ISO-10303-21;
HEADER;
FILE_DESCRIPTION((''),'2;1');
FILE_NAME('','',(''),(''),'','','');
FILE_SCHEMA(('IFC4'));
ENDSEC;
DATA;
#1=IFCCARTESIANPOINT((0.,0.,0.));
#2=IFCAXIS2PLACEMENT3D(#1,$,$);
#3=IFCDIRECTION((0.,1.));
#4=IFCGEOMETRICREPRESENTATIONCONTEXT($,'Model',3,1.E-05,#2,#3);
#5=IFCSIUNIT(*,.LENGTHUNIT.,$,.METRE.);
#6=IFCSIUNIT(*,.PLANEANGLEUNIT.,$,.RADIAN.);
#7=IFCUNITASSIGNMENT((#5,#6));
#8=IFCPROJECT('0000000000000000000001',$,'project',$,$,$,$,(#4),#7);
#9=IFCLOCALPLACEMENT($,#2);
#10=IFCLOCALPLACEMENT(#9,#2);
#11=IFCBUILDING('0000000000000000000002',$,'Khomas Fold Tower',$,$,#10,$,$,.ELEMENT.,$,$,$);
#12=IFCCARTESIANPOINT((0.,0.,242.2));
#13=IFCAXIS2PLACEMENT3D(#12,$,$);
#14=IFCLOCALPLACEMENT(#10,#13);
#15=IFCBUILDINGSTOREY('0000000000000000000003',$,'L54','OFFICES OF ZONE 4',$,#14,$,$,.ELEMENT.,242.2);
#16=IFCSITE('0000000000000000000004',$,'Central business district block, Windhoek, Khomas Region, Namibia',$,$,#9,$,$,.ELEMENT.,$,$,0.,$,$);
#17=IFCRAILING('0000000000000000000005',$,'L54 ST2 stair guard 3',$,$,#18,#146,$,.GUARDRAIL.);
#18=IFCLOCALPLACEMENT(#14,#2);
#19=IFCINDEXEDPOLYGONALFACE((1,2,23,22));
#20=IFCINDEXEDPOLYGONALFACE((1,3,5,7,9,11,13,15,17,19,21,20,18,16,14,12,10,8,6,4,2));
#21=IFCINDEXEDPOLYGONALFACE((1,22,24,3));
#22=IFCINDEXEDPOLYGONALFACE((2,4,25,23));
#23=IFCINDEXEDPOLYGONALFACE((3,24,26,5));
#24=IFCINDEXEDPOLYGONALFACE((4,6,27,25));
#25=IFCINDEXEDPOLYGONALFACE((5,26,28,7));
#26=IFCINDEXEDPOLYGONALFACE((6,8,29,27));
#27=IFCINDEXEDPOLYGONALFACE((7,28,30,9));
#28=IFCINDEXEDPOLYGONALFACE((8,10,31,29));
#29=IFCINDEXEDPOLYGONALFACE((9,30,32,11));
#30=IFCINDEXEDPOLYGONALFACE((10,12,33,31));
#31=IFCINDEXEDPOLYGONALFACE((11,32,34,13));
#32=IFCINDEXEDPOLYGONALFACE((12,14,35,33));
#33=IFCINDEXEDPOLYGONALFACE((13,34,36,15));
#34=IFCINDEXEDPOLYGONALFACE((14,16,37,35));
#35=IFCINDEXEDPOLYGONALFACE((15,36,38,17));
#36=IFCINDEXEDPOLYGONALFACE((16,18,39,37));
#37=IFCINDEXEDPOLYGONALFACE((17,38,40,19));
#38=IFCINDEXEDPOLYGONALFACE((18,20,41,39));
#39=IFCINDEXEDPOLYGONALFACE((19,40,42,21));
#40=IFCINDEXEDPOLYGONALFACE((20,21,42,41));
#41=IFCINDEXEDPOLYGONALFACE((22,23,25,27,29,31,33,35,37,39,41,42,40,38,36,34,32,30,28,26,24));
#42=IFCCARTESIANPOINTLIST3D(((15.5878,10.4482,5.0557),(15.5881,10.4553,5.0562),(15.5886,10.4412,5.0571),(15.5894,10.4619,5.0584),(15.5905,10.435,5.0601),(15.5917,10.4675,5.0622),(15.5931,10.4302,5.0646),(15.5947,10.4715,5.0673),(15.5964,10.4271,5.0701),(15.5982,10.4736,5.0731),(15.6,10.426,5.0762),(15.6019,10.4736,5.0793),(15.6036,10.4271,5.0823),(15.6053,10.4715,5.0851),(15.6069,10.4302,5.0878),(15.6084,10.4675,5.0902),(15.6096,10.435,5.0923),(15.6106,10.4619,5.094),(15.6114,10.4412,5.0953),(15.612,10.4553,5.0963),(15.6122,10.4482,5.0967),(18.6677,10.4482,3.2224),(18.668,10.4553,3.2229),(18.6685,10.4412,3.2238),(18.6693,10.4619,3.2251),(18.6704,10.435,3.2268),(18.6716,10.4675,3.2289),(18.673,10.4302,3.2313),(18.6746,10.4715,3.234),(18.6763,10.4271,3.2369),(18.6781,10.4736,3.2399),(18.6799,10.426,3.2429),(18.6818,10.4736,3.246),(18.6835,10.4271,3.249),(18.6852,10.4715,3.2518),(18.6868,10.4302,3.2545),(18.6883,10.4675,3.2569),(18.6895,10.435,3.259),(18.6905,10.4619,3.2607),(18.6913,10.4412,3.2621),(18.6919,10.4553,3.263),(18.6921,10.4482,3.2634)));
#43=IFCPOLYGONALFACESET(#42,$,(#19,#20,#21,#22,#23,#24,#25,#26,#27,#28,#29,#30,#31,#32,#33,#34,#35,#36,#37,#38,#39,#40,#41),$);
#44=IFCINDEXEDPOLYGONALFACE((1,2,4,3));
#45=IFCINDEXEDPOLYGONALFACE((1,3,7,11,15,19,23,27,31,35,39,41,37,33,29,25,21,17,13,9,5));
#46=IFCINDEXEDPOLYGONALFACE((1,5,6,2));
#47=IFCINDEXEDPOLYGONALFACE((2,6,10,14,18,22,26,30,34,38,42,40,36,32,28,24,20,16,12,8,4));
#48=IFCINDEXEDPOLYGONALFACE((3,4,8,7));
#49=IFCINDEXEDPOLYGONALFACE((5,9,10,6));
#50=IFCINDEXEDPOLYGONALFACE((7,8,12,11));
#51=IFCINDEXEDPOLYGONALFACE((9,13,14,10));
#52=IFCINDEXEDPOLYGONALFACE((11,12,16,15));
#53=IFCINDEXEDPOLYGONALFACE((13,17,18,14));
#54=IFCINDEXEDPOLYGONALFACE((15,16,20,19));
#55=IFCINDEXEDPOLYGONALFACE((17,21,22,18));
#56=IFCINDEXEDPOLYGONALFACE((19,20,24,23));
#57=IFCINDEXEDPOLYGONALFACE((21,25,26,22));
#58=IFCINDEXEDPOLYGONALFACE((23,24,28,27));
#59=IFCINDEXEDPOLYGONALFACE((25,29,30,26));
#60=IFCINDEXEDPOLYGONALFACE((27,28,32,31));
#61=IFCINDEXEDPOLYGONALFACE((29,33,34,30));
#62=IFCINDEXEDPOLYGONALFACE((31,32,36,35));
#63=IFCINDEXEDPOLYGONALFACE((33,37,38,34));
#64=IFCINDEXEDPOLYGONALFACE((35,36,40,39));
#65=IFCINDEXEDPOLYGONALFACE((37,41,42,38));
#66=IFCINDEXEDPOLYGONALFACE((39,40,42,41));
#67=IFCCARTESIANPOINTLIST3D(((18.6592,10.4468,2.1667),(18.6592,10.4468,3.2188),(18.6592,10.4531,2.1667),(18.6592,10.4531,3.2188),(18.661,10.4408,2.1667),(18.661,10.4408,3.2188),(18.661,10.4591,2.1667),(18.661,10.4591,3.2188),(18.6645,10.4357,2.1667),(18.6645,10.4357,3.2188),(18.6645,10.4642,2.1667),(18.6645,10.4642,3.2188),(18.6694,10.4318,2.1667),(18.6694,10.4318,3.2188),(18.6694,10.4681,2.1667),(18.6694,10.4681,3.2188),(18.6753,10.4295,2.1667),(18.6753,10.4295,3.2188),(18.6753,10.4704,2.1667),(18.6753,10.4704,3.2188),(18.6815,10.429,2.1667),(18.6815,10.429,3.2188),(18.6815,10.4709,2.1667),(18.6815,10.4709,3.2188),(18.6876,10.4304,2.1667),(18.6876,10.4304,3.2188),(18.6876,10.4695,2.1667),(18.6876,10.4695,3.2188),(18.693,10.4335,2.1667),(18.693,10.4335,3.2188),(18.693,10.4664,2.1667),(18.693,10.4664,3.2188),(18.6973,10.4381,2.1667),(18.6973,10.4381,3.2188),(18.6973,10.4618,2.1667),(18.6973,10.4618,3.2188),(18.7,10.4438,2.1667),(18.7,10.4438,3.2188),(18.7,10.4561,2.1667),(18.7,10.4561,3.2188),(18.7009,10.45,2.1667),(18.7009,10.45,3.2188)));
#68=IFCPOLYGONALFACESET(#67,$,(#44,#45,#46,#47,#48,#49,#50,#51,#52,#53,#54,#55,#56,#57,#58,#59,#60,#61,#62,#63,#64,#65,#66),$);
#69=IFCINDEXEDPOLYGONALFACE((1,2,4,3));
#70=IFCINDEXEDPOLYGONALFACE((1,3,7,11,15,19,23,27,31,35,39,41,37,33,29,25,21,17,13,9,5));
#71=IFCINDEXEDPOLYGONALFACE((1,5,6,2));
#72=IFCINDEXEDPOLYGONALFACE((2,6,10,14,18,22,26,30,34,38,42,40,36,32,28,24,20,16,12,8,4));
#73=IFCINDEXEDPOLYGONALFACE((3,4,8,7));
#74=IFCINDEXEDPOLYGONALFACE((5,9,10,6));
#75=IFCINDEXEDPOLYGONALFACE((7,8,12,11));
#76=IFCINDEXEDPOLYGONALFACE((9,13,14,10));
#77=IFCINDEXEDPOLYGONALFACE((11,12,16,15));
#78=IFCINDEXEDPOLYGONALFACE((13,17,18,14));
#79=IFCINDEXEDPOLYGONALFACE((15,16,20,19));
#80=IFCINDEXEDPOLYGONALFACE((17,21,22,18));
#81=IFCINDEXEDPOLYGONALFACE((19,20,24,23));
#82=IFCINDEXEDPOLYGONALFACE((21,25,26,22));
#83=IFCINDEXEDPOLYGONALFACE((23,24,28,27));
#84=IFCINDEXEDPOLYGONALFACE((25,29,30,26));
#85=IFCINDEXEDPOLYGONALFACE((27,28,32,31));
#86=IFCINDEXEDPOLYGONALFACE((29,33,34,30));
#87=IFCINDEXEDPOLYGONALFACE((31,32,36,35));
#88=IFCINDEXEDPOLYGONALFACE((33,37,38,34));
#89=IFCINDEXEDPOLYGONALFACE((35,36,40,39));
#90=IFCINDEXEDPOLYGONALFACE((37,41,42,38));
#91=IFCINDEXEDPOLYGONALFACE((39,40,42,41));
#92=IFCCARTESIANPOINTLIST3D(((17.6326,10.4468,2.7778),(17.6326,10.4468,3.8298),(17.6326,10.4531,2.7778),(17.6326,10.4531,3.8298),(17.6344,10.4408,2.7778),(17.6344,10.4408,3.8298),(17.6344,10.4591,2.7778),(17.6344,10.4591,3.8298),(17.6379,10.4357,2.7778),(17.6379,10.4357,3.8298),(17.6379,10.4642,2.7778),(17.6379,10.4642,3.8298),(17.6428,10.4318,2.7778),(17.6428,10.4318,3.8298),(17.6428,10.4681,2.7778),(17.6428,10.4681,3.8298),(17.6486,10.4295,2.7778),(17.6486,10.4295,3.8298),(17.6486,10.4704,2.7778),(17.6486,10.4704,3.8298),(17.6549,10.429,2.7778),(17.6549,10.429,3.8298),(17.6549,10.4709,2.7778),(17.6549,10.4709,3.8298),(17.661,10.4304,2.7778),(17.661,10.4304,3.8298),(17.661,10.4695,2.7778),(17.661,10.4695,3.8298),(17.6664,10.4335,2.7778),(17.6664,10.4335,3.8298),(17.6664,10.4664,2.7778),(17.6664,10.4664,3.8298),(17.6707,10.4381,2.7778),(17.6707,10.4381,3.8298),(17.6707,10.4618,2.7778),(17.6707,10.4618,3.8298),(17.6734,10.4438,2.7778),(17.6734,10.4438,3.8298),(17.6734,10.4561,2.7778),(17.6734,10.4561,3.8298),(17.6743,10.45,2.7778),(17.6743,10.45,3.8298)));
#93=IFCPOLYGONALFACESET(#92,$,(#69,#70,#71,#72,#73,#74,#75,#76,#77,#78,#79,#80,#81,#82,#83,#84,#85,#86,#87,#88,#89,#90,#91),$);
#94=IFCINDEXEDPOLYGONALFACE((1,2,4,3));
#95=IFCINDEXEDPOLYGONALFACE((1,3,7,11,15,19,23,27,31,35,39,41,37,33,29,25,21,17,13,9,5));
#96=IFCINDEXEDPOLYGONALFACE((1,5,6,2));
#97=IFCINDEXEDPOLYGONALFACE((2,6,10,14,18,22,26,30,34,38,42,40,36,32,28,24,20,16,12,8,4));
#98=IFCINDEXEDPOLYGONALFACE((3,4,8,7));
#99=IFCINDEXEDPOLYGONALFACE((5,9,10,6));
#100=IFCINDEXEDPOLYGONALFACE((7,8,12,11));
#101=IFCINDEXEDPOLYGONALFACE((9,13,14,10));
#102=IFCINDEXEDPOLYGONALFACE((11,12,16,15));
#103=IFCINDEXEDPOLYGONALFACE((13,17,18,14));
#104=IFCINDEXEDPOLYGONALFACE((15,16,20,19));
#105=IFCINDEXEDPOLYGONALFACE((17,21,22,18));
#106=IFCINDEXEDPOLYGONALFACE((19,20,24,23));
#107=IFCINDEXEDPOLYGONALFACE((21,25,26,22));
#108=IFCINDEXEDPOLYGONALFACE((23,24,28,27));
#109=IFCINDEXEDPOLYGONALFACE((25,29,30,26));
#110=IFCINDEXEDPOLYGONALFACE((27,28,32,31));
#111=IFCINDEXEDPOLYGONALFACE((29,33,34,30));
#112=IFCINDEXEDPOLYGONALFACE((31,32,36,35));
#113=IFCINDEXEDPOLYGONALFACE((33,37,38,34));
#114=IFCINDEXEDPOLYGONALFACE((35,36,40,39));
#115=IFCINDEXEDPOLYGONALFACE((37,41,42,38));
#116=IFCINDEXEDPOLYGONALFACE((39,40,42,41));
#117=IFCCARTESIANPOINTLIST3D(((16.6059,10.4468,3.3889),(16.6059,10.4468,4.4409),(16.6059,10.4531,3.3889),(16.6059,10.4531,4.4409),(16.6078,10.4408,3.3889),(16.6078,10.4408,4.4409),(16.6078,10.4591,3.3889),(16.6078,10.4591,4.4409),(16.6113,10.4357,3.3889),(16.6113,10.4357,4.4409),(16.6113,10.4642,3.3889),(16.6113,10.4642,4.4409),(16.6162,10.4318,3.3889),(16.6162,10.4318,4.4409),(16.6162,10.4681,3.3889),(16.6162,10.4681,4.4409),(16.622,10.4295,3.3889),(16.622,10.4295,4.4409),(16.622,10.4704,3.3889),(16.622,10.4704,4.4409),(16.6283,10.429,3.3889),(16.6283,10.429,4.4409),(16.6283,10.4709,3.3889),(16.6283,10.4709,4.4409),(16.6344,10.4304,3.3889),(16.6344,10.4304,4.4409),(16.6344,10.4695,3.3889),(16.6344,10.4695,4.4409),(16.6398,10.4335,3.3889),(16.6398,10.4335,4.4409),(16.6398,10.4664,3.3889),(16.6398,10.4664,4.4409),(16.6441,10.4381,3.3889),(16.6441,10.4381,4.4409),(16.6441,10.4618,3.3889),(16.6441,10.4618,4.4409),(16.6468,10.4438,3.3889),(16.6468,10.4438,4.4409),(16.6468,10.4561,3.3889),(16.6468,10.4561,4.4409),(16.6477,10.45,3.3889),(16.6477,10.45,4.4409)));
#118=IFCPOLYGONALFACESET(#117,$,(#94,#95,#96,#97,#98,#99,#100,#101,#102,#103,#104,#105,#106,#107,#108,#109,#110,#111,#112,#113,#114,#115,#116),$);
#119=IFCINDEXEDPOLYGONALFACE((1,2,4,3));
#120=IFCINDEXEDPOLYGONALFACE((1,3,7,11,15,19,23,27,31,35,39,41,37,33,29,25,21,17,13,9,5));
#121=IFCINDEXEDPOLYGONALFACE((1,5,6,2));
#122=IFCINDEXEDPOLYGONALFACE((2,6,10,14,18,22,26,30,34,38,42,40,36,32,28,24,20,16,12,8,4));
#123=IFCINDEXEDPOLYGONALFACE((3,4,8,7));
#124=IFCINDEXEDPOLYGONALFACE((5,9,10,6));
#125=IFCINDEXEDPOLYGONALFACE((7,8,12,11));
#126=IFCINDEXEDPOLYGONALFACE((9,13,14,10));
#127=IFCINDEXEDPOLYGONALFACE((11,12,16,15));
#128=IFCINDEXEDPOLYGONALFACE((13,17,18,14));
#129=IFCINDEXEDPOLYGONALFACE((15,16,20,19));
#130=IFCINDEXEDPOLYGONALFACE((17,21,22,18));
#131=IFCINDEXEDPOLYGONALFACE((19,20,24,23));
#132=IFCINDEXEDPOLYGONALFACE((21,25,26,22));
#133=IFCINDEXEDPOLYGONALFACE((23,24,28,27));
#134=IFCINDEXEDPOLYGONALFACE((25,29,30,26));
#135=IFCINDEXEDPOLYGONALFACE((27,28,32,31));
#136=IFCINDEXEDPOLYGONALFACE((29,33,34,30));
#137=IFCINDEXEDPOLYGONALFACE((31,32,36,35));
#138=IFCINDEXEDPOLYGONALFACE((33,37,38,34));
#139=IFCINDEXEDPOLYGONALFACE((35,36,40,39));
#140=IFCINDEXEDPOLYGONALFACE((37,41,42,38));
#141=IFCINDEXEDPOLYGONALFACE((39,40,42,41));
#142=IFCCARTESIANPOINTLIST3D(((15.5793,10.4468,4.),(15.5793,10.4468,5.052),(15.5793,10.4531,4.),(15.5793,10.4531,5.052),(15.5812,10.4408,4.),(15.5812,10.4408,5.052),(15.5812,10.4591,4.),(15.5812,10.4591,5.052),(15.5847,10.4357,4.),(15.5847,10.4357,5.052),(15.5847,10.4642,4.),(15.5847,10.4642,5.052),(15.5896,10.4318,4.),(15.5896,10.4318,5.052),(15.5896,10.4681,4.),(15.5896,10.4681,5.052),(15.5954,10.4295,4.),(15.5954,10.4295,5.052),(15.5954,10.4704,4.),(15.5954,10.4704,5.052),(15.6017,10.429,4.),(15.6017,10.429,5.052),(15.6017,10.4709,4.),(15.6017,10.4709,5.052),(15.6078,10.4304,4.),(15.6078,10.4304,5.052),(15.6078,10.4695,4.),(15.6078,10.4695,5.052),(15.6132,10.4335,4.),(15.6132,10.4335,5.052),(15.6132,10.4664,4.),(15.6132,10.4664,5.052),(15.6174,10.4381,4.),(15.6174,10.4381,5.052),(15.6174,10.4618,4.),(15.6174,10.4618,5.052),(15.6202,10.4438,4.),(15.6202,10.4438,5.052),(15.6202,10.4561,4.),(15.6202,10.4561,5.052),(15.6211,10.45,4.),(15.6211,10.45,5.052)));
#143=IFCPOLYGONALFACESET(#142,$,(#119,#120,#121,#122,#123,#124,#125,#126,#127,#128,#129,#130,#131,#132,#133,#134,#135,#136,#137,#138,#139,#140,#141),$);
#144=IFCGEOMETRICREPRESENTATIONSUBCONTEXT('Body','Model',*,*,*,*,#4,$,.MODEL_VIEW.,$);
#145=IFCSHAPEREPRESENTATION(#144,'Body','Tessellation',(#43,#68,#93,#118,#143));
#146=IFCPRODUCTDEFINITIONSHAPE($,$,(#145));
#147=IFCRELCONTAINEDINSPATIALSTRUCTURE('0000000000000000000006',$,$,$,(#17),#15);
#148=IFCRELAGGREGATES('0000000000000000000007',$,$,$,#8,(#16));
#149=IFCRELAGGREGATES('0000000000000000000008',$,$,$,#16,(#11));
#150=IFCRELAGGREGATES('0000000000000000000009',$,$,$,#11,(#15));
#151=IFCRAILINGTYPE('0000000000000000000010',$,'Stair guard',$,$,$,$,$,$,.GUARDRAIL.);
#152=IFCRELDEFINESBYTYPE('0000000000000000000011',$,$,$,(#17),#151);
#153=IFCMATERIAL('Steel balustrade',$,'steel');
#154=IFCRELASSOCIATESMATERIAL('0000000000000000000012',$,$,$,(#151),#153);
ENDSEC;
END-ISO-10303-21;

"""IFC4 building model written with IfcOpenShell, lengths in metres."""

from ifc_helpers import new_model, si_unit, direction, frame, origin, origin_2d, place, context, subcontext, project, spatial, circle, extrude, source, transform, mapped, material, type_object, element, save


model = new_model("IFC4")

# Units and contexts
model_context = context("Model", 3, precision=1e-05, world=origin(), true_north=direction((0.0, 1.0)))
body_context = subcontext(model_context, "Body", "Model", "MODEL_VIEW")
ifc_project = project(units=[si_unit("LENGTHUNIT", "METRE"), si_unit("PLANEANGLEUNIT", "RADIAN")], contexts=[model_context])

# Site, building, storey
site_placement = place(None, origin())
site = spatial("IfcSite", under=ifc_project, at=site_placement, Name="Central business district block, Windhoek, Khomas Region, Namibia", CompositionType="ELEMENT", RefElevation=0.0)
building_placement = place(site_placement, origin())
building = spatial("IfcBuilding", under=site, at=building_placement, Name="Khomas Fold Tower", CompositionType="ELEMENT")
storey_placement = place(building_placement, frame((0.0, 0.0, 242.2)))
storey = spatial("IfcBuildingStorey", under=building, at=storey_placement, Name="L54", Description="OFFICES OF ZONE 4", CompositionType="ELEMENT", Elevation=242.2)

# Railing
ifc_material_1 = material(Name="Steel balustrade", Category="steel")
railing_type_1 = type_object("IfcRailingType", Name="Stair guard", PredefinedType="GUARDRAIL", material=ifc_material_1)
shared_shape_1 = source(origin(), body_context, "Body", "SweptSolid", [
    extrude(circle(Radius=0.0239, at=origin_2d()), frame((0.0, 0.0, 1.0762), z_axis=(-0.859291, 0.0, 0.511487), x_axis=(0.0, -1.0, 0.0)), (0.0, 0.0, 1.0), 3.5842),
    extrude(circle(Radius=0.021, at=origin_2d()), origin(), (0.0, 0.0, 1.0), 1.052),
    extrude(circle(Radius=0.021, at=origin_2d()), frame((-1.0266, 0.0, 0.6111)), (0.0, 0.0, 1.0), 1.052),
    extrude(circle(Radius=0.021, at=origin_2d()), frame((-2.0532, 0.0, 1.2222)), (0.0, 0.0, 1.0), 1.052),
    extrude(circle(Radius=0.021, at=origin_2d()), frame((-3.0798, 0.0, 1.8333)), (0.0, 0.0, 1.0), 1.052),
])
railing_1_placement = place(storey_placement, frame((18.6799, 10.45, 2.1667)))
element("IfcRailing", 1, at=railing_1_placement, inside=storey, type_object=railing_type_1, Name="L54 ST2 stair guard 3", PredefinedType="GUARDRAIL", context=body_context, shape_type="MappedRepresentation", body=[
    mapped(shared_shape_1, transform((0.0, 0.0, 0.0))),
])

save(model, "model.ifc")
